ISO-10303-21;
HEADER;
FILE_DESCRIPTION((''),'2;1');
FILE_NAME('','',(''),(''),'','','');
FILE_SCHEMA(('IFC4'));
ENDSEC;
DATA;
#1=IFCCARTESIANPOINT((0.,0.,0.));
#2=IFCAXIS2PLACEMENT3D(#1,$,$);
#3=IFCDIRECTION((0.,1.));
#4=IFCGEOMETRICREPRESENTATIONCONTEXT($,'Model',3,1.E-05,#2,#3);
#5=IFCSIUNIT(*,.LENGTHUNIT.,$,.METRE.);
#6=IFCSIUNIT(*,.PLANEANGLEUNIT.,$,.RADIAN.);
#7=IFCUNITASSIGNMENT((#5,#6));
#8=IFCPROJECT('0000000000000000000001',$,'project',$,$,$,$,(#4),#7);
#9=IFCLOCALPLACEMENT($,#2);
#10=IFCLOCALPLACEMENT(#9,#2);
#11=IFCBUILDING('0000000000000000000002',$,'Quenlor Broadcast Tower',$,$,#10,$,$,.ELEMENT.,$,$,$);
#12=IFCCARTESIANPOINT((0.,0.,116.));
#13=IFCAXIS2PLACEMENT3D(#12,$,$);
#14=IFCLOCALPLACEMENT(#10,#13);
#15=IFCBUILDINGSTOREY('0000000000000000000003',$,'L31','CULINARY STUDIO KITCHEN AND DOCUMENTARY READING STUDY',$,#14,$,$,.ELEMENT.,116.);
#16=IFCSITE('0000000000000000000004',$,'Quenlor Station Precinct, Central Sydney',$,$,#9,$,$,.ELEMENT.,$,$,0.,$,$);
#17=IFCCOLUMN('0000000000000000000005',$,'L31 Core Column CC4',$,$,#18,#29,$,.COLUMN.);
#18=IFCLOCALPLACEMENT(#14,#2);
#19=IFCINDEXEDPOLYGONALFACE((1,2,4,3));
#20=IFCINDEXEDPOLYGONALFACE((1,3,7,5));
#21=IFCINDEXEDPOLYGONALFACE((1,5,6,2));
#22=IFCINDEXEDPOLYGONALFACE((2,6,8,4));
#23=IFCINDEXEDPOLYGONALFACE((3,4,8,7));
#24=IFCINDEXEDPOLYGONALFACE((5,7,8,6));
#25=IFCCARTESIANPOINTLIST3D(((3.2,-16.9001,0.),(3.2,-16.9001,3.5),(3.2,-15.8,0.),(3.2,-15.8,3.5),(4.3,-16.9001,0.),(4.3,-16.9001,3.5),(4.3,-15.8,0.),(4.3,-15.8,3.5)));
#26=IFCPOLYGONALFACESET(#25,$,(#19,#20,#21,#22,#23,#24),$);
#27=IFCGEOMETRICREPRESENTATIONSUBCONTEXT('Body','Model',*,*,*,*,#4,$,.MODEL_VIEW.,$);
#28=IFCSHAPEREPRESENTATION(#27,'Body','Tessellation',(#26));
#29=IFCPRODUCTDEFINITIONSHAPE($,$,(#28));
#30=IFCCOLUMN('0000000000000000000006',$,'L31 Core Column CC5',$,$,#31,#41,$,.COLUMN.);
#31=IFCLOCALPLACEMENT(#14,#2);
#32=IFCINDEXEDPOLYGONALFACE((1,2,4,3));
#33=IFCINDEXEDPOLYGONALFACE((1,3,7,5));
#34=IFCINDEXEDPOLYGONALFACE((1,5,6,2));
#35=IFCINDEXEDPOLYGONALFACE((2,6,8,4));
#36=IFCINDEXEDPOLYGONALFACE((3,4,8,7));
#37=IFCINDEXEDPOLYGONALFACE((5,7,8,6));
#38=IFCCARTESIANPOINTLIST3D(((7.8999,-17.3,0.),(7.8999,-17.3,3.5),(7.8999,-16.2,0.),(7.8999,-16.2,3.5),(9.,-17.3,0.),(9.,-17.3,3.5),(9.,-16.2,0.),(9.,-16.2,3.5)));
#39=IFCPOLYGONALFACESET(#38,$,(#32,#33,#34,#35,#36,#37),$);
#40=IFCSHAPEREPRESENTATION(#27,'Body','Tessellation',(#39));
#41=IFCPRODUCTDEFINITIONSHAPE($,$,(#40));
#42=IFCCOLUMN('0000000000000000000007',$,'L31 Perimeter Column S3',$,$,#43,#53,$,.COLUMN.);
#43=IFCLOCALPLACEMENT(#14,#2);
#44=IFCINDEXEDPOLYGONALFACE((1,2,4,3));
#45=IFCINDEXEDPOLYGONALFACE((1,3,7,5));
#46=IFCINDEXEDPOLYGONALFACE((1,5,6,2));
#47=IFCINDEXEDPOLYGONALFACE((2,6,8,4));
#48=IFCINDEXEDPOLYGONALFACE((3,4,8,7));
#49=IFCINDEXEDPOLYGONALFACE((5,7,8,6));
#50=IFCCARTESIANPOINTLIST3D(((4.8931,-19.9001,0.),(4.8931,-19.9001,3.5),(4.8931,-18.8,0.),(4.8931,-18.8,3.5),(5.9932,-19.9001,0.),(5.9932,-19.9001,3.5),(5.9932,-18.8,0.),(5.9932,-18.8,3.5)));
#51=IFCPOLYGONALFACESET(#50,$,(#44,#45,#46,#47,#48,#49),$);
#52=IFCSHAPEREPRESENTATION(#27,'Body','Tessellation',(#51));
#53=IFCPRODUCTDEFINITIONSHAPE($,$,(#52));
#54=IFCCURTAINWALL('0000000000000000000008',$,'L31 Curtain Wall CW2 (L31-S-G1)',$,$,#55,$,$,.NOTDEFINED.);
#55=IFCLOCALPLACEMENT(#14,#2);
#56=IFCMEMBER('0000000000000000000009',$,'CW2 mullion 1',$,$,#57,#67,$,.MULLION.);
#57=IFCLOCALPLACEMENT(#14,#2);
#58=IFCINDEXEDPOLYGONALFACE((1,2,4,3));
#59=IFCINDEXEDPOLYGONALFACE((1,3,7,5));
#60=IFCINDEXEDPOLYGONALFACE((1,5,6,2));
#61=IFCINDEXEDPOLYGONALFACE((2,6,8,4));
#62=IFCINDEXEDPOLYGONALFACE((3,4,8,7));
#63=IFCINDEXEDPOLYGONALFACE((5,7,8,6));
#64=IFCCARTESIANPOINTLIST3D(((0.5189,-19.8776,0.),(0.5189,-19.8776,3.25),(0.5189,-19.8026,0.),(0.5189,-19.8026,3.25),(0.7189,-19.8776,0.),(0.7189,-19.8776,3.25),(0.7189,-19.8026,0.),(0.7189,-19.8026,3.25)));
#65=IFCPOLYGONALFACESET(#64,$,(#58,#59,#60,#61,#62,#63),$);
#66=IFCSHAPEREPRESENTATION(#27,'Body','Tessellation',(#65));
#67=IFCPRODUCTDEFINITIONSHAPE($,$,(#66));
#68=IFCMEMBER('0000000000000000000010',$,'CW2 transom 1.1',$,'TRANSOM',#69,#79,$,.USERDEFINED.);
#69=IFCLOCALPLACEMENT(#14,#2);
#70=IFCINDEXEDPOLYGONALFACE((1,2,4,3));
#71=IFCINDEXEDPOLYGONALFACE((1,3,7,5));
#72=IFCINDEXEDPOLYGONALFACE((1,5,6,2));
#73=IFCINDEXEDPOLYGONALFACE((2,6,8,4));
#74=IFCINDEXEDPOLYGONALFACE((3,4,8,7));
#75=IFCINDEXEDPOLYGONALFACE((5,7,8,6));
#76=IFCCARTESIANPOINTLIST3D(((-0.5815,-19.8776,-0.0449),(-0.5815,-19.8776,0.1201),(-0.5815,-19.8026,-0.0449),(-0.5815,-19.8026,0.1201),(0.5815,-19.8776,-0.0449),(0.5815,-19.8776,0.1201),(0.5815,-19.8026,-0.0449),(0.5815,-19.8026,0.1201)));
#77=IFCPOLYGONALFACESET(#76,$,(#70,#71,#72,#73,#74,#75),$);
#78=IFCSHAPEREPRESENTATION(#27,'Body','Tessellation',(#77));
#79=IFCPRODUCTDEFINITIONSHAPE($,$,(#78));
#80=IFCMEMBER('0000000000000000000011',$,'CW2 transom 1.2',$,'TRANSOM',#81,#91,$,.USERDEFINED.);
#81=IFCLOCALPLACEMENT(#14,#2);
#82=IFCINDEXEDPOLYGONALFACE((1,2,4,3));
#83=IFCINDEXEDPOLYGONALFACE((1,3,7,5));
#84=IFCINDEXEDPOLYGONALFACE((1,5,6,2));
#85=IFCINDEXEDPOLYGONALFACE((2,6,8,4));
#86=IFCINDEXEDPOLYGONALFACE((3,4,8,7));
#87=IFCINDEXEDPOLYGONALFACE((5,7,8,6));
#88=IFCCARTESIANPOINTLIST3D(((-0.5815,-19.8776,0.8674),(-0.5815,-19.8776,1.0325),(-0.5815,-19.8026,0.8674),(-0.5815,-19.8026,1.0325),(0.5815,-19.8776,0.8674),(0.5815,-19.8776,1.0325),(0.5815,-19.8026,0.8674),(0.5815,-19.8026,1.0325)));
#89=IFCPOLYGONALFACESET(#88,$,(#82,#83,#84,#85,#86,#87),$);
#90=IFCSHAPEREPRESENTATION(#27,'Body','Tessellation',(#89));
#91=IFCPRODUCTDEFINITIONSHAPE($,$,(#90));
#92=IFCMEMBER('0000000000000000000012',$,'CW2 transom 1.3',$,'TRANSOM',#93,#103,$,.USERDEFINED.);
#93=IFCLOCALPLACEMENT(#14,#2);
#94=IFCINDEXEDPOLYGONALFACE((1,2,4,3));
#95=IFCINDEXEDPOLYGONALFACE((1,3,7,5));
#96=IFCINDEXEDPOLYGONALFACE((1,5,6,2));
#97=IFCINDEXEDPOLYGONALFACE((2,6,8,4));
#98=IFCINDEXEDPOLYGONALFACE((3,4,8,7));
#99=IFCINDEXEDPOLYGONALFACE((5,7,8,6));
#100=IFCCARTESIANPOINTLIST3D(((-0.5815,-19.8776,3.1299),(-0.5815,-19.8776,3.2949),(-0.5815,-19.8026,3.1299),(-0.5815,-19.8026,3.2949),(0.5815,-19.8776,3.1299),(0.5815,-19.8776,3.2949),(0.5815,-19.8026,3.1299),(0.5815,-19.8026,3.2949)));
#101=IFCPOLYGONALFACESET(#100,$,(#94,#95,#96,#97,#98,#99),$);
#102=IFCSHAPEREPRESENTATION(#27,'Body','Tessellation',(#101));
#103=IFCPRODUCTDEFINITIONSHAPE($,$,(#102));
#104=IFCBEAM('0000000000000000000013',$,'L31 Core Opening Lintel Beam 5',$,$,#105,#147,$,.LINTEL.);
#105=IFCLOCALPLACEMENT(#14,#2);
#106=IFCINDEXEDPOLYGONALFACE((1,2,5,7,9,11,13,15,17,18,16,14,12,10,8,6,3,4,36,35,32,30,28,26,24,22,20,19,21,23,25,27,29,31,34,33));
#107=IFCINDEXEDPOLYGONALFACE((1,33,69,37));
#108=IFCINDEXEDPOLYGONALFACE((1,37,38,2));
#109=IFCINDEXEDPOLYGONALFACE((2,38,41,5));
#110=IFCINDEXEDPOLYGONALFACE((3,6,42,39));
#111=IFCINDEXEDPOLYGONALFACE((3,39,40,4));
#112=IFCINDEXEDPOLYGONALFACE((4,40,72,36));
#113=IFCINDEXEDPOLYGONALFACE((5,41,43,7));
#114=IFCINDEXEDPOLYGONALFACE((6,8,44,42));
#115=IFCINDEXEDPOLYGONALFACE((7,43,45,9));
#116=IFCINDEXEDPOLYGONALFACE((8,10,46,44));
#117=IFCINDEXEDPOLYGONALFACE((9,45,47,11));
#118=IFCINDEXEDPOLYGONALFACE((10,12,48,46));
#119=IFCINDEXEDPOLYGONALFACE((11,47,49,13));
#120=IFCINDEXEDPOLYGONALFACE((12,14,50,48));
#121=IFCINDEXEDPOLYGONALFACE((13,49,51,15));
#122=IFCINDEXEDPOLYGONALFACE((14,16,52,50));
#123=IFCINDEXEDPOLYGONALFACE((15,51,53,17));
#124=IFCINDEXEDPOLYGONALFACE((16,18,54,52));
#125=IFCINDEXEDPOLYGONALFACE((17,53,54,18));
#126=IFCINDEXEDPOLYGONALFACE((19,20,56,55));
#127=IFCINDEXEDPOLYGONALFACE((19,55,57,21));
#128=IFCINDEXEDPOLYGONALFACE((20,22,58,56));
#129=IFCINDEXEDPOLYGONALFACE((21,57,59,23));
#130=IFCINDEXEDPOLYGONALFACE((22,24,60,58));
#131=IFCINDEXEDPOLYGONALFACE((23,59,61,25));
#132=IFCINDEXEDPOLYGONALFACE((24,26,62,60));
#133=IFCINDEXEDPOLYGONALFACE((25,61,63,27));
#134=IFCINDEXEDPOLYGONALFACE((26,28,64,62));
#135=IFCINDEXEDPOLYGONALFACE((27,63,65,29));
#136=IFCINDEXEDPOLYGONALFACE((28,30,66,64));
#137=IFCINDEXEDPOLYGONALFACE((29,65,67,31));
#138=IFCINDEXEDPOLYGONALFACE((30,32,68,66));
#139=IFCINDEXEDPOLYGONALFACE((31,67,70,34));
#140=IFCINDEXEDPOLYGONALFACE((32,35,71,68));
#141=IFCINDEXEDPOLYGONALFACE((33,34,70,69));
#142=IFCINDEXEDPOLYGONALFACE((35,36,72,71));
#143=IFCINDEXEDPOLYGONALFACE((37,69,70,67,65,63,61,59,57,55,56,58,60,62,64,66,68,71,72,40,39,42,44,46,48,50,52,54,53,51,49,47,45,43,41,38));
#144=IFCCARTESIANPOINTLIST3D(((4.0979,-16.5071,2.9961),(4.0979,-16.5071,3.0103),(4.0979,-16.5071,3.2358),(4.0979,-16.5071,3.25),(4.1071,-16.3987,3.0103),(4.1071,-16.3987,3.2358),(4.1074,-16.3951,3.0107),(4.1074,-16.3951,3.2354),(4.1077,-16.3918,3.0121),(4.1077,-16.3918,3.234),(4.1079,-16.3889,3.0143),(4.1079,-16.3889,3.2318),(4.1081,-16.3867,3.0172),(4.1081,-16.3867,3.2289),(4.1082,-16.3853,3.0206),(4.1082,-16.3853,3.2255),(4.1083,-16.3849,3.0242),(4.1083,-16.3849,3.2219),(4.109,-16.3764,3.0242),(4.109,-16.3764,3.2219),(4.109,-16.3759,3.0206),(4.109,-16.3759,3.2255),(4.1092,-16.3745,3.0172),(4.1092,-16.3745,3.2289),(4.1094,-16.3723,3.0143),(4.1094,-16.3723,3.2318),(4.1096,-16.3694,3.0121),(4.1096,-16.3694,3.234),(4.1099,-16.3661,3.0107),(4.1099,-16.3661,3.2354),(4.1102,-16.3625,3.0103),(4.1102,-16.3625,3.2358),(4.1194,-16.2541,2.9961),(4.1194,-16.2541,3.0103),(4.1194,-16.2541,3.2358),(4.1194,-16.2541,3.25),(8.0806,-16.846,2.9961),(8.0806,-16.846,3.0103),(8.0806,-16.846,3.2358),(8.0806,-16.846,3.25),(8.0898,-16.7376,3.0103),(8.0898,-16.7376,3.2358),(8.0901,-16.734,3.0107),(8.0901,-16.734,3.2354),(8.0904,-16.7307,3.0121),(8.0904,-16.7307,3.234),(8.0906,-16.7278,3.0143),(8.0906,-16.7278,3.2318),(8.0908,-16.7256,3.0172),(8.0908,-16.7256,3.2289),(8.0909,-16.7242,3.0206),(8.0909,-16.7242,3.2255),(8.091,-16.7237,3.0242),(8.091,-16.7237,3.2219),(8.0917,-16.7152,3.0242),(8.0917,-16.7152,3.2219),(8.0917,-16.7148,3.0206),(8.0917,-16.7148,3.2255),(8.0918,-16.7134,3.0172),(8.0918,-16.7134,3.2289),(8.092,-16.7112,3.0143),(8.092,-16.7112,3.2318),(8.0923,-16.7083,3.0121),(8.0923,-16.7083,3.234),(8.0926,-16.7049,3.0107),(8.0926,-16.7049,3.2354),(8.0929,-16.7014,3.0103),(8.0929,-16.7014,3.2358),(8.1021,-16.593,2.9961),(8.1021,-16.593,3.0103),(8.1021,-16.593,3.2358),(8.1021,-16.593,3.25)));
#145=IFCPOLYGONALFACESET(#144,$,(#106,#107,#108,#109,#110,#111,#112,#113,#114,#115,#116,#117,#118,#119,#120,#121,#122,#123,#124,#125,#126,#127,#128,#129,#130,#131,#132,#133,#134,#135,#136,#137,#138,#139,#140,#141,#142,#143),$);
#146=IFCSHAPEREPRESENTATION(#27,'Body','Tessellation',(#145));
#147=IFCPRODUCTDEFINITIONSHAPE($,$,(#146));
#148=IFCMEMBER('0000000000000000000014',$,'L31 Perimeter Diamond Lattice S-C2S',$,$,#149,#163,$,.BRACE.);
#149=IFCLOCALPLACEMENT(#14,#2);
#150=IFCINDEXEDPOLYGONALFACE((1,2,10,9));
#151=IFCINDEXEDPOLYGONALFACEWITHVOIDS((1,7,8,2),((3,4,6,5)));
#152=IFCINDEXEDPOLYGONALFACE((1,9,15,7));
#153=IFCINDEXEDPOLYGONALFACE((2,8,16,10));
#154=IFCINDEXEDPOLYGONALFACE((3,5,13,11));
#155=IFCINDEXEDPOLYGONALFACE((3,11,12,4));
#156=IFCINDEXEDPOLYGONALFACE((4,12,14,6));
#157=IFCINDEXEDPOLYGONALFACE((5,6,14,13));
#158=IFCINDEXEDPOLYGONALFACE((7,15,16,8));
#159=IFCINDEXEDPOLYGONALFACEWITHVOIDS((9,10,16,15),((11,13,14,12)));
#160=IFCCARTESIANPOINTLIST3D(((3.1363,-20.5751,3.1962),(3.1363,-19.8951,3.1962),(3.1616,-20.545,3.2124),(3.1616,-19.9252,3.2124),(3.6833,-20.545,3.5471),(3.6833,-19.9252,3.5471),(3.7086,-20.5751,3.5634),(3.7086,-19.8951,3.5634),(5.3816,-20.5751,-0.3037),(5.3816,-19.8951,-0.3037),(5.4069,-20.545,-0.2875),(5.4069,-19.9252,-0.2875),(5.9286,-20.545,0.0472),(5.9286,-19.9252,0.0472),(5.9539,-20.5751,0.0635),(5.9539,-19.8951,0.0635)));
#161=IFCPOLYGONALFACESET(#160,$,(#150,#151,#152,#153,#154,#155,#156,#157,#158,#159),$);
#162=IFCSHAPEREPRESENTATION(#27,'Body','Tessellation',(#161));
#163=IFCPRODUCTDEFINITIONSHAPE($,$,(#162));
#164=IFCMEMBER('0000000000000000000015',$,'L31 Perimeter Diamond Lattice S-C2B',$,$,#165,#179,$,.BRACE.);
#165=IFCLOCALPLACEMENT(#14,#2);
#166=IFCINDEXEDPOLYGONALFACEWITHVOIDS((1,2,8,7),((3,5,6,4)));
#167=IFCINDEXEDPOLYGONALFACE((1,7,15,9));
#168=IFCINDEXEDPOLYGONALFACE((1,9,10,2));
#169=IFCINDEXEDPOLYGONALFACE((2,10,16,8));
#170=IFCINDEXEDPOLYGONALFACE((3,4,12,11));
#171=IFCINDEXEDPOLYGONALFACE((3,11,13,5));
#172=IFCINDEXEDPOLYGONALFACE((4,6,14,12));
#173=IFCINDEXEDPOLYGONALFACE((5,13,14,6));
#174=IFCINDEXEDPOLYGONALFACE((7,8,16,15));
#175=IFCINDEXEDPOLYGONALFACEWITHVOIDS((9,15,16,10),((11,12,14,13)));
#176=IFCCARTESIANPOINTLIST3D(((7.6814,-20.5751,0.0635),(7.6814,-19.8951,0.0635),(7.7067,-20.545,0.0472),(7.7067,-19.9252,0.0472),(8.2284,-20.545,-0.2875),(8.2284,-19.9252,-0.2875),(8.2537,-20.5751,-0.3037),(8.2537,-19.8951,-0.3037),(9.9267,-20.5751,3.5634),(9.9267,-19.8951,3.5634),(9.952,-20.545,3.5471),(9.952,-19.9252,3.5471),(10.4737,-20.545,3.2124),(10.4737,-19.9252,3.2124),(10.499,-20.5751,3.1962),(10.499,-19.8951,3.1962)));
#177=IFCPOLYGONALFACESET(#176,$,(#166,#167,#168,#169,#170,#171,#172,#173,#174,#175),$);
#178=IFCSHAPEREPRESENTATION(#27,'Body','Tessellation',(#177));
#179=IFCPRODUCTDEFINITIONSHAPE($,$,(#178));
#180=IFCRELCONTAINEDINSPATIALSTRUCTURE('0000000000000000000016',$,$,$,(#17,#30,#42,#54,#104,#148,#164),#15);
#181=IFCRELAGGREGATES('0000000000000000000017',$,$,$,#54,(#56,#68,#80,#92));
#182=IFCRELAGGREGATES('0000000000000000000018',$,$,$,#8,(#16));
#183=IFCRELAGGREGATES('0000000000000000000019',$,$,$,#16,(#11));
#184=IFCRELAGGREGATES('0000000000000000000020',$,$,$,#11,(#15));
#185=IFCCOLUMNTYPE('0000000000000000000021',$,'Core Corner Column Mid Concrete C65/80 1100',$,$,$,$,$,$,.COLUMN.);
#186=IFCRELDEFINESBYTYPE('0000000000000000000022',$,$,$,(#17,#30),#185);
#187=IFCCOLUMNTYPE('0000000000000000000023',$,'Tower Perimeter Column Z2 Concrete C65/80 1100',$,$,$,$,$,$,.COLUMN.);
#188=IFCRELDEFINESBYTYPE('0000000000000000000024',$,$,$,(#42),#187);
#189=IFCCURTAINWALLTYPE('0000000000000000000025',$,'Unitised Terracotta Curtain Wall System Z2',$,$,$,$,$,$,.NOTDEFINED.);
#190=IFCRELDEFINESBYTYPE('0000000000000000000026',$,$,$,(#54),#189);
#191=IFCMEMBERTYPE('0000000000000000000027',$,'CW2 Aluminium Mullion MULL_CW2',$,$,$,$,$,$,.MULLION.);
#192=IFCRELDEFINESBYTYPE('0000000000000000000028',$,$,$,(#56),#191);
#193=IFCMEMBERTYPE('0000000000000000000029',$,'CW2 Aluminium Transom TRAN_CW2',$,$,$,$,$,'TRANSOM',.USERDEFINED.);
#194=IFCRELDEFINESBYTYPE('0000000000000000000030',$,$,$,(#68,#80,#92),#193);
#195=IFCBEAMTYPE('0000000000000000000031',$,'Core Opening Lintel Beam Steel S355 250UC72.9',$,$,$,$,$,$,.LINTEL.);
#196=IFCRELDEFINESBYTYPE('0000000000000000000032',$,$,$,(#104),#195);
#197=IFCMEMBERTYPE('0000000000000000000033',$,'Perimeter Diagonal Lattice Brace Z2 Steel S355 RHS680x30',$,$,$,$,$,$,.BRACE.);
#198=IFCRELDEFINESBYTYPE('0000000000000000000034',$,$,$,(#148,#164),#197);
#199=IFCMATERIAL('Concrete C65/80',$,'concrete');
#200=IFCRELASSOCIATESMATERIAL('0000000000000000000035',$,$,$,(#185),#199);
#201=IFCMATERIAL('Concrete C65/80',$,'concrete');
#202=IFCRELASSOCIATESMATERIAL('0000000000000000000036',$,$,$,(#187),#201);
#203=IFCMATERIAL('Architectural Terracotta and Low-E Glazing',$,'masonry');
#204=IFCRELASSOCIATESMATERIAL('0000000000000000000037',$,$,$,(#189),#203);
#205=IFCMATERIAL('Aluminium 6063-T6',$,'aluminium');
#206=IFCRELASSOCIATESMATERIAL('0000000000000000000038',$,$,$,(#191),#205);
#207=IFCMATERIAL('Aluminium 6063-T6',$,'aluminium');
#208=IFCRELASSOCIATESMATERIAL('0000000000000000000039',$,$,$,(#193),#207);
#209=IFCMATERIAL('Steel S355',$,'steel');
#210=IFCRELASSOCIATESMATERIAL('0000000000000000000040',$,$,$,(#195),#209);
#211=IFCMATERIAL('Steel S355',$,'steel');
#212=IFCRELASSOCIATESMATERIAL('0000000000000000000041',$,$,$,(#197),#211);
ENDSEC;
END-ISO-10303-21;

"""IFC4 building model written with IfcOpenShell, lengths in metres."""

from ifc_helpers import new_model, si_unit, direction, frame, origin, origin_2d, place, context, subcontext, project, spatial, rectangle, hollow_rectangle, i_section, extrude, material, material_profile, profile_set, type_object, element, aggregate, save


model = new_model("IFC4")

# Units and contexts
model_context = context("Model", 3, precision=1e-05, world=origin(), true_north=direction((0.0, 1.0)))
body_context = subcontext(model_context, "Body", "Model", "MODEL_VIEW")
ifc_project = project(units=[si_unit("LENGTHUNIT", "METRE"), si_unit("PLANEANGLEUNIT", "RADIAN")], contexts=[model_context])

# Site, building, storey
site_placement = place(None, origin())
site = spatial("IfcSite", under=ifc_project, at=site_placement, Name="Quenlor Station Precinct, Central Sydney", CompositionType="ELEMENT", RefElevation=0.0)
building_placement = place(site_placement, origin())
building = spatial("IfcBuilding", under=site, at=building_placement, Name="Quenlor Broadcast Tower", CompositionType="ELEMENT")
storey_placement = place(building_placement, frame((0.0, 0.0, 116.0)))
storey = spatial("IfcBuildingStorey", under=building, at=storey_placement, Name="L31", Description="CULINARY STUDIO KITCHEN AND DOCUMENTARY READING STUDY", CompositionType="ELEMENT", Elevation=116.0)

# Columns
ifc_material_1 = material(Name="Concrete C65/80", Category="concrete")
ifc_material_profile_1 = material_profile(ifc_material_1, rectangle(XDim=1.1001, YDim=1.1001, at=origin_2d()))
ifc_profile_set_1 = profile_set([ifc_material_profile_1], Name="Concrete C65/80 RC1100x1100")
column_type_1 = type_object("IfcColumnType", Name="Core Corner Column Mid Concrete C65/80 1100", PredefinedType="COLUMN", material=ifc_profile_set_1)
for number, where, z_axis, x_axis, name in (
    (1, (3.75, -16.3501, 0.0), (0.0, 0.0, 1.0), (1.0, 0.0, 0.0), "L31 Core Column CC4"),
    (2, (8.45, -16.75, 0.0), (0.0, 0.0, 1.0), (1.0, 0.0, 0.0), "L31 Core Column CC5"),
):
    element("IfcColumn", number, at=place(storey_placement, frame(where, z_axis=z_axis, x_axis=x_axis)), inside=storey, type_object=column_type_1, Name=name, PredefinedType="COLUMN", context=body_context, shape_type="SweptSolid", body=[
        extrude(rectangle(XDim=1.1001, YDim=1.1001, at=origin_2d()), origin(), (0.0, 0.0, 1.0), 3.5),
    ])
ifc_material_2 = material(Name="Concrete C65/80", Category="concrete")
ifc_material_profile_2 = material_profile(ifc_material_2, rectangle(XDim=1.1001, YDim=1.1001, at=origin_2d()))
ifc_profile_set_2 = profile_set([ifc_material_profile_2], Name="Concrete C65/80 RC1100x1100")
column_type_2 = type_object("IfcColumnType", Name="Tower Perimeter Column Z2 Concrete C65/80 1100", PredefinedType="COLUMN", material=ifc_profile_set_2)
column_placement = place(storey_placement, frame((5.4431, -19.3501, 0.0), z_axis=(0.0, 0.0, 1.0), x_axis=(0.0, 1.0, 0.0)))
element("IfcColumn", 3, at=column_placement, inside=storey, type_object=column_type_2, Name="L31 Perimeter Column S3", PredefinedType="COLUMN", context=body_context, shape_type="SweptSolid", body=[
    extrude(rectangle(XDim=1.1001, YDim=1.1001, at=origin_2d()), origin(), (0.0, 0.0, 1.0), 3.5),
])

# Curtain wall, members
ifc_material_3 = material(Name="Architectural Terracotta and Low-E Glazing", Category="masonry")
curtain_wall_type = type_object("IfcCurtainWallType", Name="Unitised Terracotta Curtain Wall System Z2", PredefinedType="NOTDEFINED", material=ifc_material_3)
curtain_wall_placement = place(storey_placement, origin())
curtain_wall = element("IfcCurtainWall", 4, at=curtain_wall_placement, inside=storey, type_object=curtain_wall_type, Name="L31 Curtain Wall CW2 (L31-S-G1)", PredefinedType="NOTDEFINED")
ifc_material_4 = material(Name="Aluminium 6063-T6", Category="aluminium")
ifc_material_profile_3 = material_profile(ifc_material_4, rectangle(XDim=0.075, YDim=0.2, at=origin_2d()))
ifc_profile_set_3 = profile_set([ifc_material_profile_3], Name="Aluminium 6063-T6 MULL75x200")
member_type_1 = type_object("IfcMemberType", Name="CW2 Aluminium Mullion MULL_CW2", PredefinedType="MULLION", material=ifc_profile_set_3)
member_1_placement = place(storey_placement, frame((0.6189, -19.8401, 0.0), z_axis=(0.0, 0.0, 1.0), x_axis=(0.0, -1.0, 0.0)))
member_1 = element("IfcMember", 5, at=member_1_placement, type_object=member_type_1, Name="CW2 mullion 1", PredefinedType="MULLION", context=body_context, shape_type="SweptSolid", body=[
    extrude(rectangle(XDim=0.075, YDim=0.2, at=origin_2d()), origin(), (0.0, 0.0, 1.0), 3.25),
])
ifc_material_5 = material(Name="Aluminium 6063-T6", Category="aluminium")
ifc_material_profile_4 = material_profile(ifc_material_5, rectangle(XDim=0.075, YDim=0.165, at=origin_2d()))
ifc_profile_set_4 = profile_set([ifc_material_profile_4], Name="Aluminium 6063-T6 TRAN75x165")
member_type_2 = type_object("IfcMemberType", Name="CW2 Aluminium Transom TRAN_CW2", ElementType="TRANSOM", PredefinedType="USERDEFINED", material=ifc_profile_set_4)
member_2_placement = place(storey_placement, frame((0.5815, -19.8401, 0.0376), z_axis=(-1.0, 0.0, 0.0), x_axis=(0.0, -1.0, 0.0)))
member_2 = element("IfcMember", 6, at=member_2_placement, type_object=member_type_2, Name="CW2 transom 1.1", ObjectType="TRANSOM", PredefinedType="USERDEFINED", context=body_context, shape_type="SweptSolid", body=[
    extrude(rectangle(XDim=0.075, YDim=0.165, at=origin_2d()), origin(), (0.0, 0.0, 1.0), 1.1631),
])
member_3_placement = place(storey_placement, frame((0.5815, -19.8401, 0.95), z_axis=(-1.0, 0.0, 0.0), x_axis=(0.0, -1.0, 0.0)))
member_3 = element("IfcMember", 7, at=member_3_placement, type_object=member_type_2, Name="CW2 transom 1.2", ObjectType="TRANSOM", PredefinedType="USERDEFINED", context=body_context, shape_type="SweptSolid", body=[
    extrude(rectangle(XDim=0.075, YDim=0.165, at=origin_2d()), origin(), (0.0, 0.0, 1.0), 1.1631),
])
member_4_placement = place(storey_placement, frame((0.5815, -19.8401, 3.2124), z_axis=(-1.0, 0.0, 0.0), x_axis=(0.0, -1.0, 0.0)))
member_4 = element("IfcMember", 8, at=member_4_placement, type_object=member_type_2, Name="CW2 transom 1.3", ObjectType="TRANSOM", PredefinedType="USERDEFINED", context=body_context, shape_type="SweptSolid", body=[
    extrude(rectangle(XDim=0.075, YDim=0.165, at=origin_2d()), origin(), (0.0, 0.0, 1.0), 1.1631),
])
aggregate(curtain_wall, [member_1, member_2, member_3, member_4])

# Beam
ifc_material_6 = material(Name="Steel S355", Category="steel")
ifc_material_profile_5 = material_profile(ifc_material_6, i_section(OverallWidth=0.2539, OverallDepth=0.2539, WebThickness=0.0085, FlangeThickness=0.0142, FilletRadius=0.0139, at=origin_2d()))
ifc_profile_set_5 = profile_set([ifc_material_profile_5], Name="Steel S355 250UC72.9")
beam_type_1 = type_object("IfcBeamType", Name="Core Opening Lintel Beam Steel S355 250UC72.9", PredefinedType="LINTEL", material=ifc_profile_set_5)
beam_1_placement = place(storey_placement, frame((4.1086, -16.3806, 3.123), z_axis=(0.9964, -0.084779, 0.0), x_axis=(0.084779, 0.9964, 0.0)))
element("IfcBeam", 9, at=beam_1_placement, inside=storey, type_object=beam_type_1, Name="L31 Core Opening Lintel Beam 5", PredefinedType="LINTEL", context=body_context, shape_type="SweptSolid", body=[
    extrude(i_section(OverallWidth=0.2539, OverallDepth=0.2539, WebThickness=0.0085, FlangeThickness=0.0142, FilletRadius=0.0139, at=origin_2d()), origin(), (0.0, 0.0, 1.0), 3.9971),
])

# Members
ifc_material_7 = material(Name="Steel S355", Category="steel")
ifc_material_profile_6 = material_profile(ifc_material_7, hollow_rectangle(XDim=0.6799, YDim=0.6799, WallThickness=0.03, at=origin_2d()))
ifc_profile_set_6 = profile_set([ifc_material_profile_6], Name="Steel S355 RHS680x680x30")
member_type_3 = type_object("IfcMemberType", Name="Perimeter Diagonal Lattice Brace Z2 Steel S355 RHS680x30", PredefinedType="BRACE", material=ifc_profile_set_6)
for number, where, z_axis, x_axis, name in (
    (10, (5.6677, -20.2351, -0.1201), (-0.539968, 0.0, 0.841686), (0.0, -1.0, 0.0), "L31 Perimeter Diamond Lattice S-C2S"),
    (11, (7.9675, -20.2351, -0.1201), (0.539968, 0.0, 0.841686), (0.0, 1.0, 0.0), "L31 Perimeter Diamond Lattice S-C2B"),
):
    element("IfcMember", number, at=place(storey_placement, frame(where, z_axis=z_axis, x_axis=x_axis)), inside=storey, type_object=member_type_3, Name=name, PredefinedType="BRACE", context=body_context, shape_type="SweptSolid", body=[
        extrude(hollow_rectangle(XDim=0.6799, YDim=0.6799, WallThickness=0.03, at=origin_2d()), origin(), (0.0, 0.0, 1.0), 4.1582),
    ])

save(model, "model.ifc")
